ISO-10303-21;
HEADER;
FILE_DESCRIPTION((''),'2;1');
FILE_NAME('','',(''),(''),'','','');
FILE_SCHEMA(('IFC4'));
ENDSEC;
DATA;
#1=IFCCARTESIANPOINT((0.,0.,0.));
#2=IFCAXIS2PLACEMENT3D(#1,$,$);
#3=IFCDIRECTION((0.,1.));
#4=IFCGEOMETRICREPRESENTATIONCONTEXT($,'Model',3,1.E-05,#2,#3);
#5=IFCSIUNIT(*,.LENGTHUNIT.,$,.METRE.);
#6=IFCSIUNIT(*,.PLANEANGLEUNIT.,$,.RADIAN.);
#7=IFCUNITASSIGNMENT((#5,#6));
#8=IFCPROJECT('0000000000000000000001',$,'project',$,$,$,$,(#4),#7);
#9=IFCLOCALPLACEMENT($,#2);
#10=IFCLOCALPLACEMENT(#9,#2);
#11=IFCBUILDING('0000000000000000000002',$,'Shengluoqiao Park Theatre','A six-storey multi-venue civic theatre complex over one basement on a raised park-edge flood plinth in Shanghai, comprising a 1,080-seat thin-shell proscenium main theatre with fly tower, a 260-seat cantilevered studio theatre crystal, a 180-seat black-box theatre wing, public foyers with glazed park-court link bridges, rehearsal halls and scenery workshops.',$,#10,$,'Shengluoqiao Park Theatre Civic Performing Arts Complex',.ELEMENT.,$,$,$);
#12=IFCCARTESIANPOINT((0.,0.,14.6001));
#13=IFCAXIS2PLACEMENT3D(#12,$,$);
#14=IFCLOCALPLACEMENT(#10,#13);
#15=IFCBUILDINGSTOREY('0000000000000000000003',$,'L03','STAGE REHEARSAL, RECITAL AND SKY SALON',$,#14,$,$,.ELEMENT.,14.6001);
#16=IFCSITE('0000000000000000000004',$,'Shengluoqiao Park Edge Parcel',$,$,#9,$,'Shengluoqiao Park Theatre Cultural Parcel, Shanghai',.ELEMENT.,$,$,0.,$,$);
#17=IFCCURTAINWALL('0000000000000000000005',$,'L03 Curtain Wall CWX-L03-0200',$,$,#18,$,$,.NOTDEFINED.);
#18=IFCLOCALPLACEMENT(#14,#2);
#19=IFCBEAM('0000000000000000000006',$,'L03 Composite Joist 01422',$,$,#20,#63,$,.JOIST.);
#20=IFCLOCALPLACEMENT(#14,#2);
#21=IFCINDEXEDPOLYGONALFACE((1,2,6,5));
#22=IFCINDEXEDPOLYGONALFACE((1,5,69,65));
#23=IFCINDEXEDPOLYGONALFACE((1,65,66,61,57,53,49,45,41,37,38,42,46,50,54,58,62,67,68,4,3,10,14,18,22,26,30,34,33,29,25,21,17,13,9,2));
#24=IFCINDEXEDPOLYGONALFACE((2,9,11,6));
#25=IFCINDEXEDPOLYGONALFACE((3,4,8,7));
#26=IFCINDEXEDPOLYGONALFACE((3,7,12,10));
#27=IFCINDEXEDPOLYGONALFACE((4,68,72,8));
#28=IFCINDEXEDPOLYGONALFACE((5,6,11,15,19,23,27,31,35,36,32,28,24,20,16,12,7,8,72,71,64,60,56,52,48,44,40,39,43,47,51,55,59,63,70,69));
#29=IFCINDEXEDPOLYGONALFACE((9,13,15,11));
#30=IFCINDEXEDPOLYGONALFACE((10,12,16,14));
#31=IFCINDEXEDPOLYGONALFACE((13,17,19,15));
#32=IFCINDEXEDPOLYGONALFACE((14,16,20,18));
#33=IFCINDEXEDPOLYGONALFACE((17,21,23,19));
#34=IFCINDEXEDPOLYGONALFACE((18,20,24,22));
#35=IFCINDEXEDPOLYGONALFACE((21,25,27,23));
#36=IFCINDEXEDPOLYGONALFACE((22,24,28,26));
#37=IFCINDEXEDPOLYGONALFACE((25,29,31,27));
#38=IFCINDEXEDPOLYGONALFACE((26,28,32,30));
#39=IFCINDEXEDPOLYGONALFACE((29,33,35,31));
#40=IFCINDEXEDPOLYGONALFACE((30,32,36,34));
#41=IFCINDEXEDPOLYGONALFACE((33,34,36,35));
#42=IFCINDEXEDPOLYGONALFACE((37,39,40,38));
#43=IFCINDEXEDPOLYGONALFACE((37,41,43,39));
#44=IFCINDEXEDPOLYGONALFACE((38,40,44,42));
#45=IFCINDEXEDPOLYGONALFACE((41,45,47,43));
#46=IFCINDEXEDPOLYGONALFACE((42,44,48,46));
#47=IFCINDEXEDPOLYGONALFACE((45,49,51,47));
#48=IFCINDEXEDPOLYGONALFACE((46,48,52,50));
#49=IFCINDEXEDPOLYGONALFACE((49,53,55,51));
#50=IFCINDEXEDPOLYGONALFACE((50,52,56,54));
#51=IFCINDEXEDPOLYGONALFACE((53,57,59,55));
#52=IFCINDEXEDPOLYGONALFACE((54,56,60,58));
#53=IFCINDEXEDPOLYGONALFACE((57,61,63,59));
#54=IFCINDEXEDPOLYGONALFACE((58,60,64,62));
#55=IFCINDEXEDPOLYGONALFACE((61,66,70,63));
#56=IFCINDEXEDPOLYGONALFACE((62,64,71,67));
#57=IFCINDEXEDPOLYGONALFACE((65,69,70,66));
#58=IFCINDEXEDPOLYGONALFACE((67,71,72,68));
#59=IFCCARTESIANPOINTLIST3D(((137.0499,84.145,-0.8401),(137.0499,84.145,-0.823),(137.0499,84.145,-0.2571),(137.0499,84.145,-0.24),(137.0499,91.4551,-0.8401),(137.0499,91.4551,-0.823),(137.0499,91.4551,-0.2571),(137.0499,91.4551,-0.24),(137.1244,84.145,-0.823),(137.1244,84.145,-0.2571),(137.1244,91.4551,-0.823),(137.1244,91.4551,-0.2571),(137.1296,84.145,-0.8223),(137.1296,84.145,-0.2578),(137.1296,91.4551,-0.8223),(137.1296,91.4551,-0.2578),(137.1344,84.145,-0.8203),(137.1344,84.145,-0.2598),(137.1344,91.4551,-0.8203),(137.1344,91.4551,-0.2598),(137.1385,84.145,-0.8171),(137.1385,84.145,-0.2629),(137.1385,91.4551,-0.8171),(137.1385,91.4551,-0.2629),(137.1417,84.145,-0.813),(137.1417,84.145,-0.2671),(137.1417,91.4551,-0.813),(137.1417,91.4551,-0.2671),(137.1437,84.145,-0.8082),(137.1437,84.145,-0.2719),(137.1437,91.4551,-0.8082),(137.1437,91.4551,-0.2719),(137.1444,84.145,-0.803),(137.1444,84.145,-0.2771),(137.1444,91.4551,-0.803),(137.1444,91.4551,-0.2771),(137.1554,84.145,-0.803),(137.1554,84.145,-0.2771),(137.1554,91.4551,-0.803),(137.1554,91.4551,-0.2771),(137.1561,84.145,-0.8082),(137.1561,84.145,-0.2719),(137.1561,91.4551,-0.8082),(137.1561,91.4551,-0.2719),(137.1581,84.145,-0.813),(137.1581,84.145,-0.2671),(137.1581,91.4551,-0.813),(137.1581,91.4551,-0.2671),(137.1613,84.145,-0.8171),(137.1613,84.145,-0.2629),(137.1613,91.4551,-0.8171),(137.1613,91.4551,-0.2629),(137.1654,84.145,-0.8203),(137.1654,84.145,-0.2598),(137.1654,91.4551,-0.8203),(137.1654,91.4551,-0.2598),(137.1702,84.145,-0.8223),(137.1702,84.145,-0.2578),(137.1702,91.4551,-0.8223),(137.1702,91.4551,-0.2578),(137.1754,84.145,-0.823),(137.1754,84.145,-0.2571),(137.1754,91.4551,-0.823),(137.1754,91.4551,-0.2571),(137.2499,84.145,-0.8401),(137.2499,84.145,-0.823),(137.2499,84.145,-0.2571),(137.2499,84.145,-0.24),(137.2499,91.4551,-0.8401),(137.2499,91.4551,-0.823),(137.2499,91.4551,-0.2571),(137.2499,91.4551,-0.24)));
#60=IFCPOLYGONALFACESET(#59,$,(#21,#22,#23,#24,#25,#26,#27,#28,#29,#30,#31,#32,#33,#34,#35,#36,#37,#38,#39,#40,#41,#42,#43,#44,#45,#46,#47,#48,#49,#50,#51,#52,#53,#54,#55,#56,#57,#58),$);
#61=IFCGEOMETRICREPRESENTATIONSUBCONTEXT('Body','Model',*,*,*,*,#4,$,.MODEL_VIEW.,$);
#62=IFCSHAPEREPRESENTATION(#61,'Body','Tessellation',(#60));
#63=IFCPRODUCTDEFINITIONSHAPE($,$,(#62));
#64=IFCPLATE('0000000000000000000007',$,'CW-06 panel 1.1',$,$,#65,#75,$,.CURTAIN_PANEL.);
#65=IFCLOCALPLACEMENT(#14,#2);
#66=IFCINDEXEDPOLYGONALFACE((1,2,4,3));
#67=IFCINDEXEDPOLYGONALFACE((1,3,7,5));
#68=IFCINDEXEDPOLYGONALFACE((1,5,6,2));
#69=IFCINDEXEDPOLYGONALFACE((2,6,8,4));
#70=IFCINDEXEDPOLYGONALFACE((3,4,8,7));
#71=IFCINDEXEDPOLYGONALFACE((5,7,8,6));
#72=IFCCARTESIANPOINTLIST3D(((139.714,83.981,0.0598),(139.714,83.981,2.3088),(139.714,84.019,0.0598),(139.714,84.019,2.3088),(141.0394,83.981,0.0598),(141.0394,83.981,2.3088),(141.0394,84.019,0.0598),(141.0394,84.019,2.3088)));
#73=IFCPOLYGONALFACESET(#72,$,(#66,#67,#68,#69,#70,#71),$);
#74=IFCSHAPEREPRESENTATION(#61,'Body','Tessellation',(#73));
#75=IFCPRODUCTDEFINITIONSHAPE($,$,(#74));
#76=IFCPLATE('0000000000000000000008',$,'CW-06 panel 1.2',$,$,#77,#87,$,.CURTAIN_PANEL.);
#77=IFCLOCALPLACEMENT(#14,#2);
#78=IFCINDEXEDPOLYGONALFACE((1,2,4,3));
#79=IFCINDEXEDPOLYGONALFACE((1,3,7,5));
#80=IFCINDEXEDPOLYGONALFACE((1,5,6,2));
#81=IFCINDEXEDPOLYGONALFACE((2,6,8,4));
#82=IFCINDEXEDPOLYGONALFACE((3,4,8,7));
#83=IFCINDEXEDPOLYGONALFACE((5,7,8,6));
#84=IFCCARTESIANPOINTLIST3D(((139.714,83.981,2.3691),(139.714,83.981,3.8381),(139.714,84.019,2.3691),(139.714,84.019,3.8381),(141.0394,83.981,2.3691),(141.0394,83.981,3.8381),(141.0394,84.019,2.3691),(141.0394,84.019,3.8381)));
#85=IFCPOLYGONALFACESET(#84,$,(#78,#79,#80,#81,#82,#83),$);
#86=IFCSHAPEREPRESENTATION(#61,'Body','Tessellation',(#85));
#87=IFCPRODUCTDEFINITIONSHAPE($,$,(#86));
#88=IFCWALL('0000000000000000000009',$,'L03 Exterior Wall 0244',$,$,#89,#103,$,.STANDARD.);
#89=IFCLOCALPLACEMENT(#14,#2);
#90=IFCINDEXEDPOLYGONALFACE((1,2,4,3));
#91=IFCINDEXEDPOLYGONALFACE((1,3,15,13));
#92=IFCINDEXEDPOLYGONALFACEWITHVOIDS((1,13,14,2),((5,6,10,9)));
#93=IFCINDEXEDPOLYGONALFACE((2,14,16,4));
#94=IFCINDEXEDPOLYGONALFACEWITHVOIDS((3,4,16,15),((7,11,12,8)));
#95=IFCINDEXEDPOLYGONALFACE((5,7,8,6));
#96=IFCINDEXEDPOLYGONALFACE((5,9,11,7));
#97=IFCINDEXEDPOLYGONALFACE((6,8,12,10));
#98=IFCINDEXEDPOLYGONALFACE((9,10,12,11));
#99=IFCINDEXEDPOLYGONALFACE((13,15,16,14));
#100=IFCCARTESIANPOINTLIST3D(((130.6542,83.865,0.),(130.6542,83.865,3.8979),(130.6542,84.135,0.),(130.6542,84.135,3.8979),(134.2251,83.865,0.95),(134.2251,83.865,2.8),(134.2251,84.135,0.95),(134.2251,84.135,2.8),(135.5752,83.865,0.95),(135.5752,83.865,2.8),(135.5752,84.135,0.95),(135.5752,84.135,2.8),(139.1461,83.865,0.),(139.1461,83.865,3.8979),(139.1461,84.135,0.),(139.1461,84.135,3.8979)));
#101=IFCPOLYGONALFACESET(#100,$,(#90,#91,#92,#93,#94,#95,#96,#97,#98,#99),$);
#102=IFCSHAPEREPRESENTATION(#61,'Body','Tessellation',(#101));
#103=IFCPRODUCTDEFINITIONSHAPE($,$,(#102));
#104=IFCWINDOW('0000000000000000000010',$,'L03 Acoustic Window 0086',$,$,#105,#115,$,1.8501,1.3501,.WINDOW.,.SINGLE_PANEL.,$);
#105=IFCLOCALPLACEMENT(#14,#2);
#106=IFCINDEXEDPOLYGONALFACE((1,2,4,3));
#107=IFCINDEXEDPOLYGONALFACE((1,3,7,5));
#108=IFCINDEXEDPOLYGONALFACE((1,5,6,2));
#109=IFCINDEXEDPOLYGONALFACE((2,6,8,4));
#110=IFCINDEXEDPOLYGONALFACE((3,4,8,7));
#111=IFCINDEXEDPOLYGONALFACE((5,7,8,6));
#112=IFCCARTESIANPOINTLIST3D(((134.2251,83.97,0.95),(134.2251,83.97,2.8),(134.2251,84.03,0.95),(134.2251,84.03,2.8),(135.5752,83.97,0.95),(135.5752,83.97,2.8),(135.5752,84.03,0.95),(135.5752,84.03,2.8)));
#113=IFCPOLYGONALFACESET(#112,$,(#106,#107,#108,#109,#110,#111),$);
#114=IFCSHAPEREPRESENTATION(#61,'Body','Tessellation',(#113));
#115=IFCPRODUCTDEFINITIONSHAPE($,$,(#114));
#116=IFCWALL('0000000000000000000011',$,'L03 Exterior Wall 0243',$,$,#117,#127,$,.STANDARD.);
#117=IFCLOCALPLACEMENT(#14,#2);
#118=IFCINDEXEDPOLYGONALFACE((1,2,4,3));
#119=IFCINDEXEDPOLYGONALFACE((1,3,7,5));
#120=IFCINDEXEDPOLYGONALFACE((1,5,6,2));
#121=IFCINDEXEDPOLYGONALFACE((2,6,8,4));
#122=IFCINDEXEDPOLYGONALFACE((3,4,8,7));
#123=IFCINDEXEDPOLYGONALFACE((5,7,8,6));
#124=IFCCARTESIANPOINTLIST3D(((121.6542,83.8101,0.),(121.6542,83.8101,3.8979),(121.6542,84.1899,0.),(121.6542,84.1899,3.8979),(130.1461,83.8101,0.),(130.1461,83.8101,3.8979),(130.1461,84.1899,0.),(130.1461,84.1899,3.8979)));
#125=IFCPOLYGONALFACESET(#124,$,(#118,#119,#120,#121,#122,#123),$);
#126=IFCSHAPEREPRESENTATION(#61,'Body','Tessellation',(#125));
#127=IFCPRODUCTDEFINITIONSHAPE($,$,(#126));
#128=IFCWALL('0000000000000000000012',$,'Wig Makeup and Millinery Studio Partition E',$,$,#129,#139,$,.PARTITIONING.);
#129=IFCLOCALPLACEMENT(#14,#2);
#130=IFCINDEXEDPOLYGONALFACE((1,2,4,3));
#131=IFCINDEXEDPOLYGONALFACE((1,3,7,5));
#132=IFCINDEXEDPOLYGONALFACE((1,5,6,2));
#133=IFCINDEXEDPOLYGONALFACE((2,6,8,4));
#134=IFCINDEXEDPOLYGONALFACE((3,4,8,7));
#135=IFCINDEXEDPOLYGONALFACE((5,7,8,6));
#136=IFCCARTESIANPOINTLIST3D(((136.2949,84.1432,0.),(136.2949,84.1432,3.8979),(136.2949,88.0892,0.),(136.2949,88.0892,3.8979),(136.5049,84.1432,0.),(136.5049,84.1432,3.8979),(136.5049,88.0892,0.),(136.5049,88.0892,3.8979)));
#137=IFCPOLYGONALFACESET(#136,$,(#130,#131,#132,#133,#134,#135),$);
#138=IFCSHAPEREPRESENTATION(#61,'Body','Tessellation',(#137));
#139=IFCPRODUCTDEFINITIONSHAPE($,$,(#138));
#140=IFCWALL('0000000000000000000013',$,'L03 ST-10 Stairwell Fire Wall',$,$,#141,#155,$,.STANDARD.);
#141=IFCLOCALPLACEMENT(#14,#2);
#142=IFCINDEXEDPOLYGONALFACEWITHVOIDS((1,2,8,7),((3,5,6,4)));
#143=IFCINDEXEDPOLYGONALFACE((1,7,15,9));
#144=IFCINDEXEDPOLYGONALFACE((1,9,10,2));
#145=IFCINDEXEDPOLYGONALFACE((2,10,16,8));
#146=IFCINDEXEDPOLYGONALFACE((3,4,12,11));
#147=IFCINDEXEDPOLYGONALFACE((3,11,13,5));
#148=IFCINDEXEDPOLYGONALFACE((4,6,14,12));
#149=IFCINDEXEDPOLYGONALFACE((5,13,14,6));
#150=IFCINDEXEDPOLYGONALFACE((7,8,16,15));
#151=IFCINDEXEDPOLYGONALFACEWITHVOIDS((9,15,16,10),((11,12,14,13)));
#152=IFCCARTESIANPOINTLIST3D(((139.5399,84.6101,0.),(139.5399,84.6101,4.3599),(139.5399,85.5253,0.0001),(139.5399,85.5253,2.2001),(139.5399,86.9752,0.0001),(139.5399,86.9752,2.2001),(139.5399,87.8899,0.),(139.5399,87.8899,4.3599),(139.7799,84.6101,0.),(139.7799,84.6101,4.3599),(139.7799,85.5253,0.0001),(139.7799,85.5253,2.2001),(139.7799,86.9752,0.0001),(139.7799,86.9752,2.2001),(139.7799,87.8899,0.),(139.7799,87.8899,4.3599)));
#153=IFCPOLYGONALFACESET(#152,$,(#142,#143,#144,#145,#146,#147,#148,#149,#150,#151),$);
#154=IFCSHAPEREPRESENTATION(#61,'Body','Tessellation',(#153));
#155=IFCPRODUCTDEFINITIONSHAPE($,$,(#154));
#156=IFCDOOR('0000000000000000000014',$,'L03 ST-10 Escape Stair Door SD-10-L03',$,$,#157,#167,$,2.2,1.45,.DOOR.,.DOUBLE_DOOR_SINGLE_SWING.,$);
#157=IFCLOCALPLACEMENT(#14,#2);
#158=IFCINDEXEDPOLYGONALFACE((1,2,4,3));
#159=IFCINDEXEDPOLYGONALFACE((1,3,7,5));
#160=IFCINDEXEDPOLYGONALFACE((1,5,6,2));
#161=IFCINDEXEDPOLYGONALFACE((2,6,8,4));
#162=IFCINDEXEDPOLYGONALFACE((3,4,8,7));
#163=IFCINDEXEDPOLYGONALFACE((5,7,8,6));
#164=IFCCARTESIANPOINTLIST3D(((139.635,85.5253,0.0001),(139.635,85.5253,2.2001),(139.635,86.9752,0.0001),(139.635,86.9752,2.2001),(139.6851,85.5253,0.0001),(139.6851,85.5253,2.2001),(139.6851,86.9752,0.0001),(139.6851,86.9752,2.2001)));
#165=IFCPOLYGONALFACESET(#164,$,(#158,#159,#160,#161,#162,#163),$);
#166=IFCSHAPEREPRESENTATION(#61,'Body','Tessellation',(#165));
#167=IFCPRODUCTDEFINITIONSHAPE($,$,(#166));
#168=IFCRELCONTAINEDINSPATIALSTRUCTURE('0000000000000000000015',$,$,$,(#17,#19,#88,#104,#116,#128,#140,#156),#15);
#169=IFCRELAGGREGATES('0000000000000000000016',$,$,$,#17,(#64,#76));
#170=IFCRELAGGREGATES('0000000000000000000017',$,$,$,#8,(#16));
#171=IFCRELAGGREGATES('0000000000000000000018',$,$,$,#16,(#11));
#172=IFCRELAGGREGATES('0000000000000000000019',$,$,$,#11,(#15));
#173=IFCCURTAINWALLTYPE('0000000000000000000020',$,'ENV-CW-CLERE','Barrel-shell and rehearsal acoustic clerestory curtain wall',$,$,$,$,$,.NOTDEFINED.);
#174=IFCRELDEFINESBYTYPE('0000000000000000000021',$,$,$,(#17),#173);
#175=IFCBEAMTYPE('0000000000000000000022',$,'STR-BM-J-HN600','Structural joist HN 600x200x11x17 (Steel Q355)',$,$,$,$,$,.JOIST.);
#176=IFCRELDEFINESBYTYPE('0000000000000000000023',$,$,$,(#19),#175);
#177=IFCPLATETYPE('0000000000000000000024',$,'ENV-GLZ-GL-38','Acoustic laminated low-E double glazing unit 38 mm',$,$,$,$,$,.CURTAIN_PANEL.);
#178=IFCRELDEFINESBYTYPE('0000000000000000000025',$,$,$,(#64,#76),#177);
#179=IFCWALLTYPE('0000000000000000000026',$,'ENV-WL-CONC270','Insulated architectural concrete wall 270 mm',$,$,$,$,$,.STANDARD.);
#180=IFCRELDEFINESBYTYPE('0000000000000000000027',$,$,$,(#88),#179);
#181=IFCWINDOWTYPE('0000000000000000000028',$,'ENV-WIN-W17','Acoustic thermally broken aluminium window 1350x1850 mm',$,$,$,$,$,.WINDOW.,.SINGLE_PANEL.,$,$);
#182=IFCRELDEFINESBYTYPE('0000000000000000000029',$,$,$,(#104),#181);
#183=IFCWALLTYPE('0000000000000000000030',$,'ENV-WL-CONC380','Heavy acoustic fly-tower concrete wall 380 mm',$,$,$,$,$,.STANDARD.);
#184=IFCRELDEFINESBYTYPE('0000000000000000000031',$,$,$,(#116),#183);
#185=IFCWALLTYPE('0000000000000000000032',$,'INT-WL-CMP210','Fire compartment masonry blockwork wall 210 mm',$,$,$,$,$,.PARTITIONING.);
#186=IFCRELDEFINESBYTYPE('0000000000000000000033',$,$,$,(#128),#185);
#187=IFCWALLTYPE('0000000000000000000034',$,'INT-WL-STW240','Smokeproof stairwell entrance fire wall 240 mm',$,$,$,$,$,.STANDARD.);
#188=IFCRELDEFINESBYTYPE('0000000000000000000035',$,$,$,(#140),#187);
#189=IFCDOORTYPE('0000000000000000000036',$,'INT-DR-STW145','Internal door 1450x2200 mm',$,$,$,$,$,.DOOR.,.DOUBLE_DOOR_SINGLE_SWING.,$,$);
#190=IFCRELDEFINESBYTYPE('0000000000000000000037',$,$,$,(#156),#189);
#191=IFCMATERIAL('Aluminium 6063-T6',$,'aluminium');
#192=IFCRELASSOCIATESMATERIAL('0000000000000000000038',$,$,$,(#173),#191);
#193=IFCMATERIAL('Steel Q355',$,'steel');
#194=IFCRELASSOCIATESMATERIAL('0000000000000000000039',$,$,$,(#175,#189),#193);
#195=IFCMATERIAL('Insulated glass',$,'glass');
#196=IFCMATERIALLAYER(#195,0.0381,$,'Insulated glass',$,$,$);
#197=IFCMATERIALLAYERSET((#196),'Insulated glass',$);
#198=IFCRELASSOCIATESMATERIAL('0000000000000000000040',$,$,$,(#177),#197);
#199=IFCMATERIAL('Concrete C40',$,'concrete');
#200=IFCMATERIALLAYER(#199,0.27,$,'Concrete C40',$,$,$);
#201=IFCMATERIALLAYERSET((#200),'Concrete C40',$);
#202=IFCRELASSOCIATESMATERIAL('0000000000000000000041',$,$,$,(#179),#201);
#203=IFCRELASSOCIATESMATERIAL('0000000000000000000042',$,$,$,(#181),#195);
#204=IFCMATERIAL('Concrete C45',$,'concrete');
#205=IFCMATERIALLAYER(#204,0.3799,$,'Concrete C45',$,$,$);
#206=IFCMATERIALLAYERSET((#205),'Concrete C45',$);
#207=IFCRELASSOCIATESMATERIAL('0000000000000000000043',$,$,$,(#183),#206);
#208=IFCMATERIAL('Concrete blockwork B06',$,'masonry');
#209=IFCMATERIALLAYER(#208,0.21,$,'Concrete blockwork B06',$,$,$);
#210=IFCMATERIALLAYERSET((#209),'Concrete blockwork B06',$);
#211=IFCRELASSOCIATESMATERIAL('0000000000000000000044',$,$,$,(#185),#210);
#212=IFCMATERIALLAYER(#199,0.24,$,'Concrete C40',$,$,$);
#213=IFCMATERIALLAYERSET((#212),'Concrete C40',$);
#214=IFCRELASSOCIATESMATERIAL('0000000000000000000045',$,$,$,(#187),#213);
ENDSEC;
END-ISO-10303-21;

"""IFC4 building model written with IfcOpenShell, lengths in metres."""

from ifc_helpers import new_model, si_unit, direction, frame, frame_2d, origin, origin_2d, place, context, subcontext, project, spatial, rectangle, i_section, extrude, material, layer, layer_set, material_profile, profile_set, type_object, element, fill, aggregate, save


model = new_model("IFC4")

# Units and contexts
model_context = context("Model", 3, precision=1e-05, world=origin(), true_north=direction((0.0, 1.0)))
body_context = subcontext(model_context, "Body", "Model", "MODEL_VIEW")
ifc_project = project(units=[si_unit("LENGTHUNIT", "METRE"), si_unit("PLANEANGLEUNIT", "RADIAN")], contexts=[model_context])

# Site, building, storey
site_placement = place(None, origin())
site = spatial("IfcSite", under=ifc_project, at=site_placement, Name="Shengluoqiao Park Edge Parcel", LongName="Shengluoqiao Park Theatre Cultural Parcel, Shanghai", CompositionType="ELEMENT", RefElevation=0.0)
building_placement = place(site_placement, origin())
building = spatial("IfcBuilding", under=site, at=building_placement, Name="Shengluoqiao Park Theatre", Description="A six-storey multi-venue civic theatre complex over one basement on a raised park-edge flood plinth in Shanghai, comprising a 1,080-seat thin-shell proscenium main theatre with fly tower, a 260-seat cantilevered studio theatre crystal, a 180-seat black-box theatre wing, public foyers with glazed park-court link bridges, rehearsal halls and scenery workshops.", LongName="Shengluoqiao Park Theatre Civic Performing Arts Complex", CompositionType="ELEMENT")
storey_placement = place(building_placement, frame((0.0, 0.0, 14.6001)))
storey = spatial("IfcBuildingStorey", under=building, at=storey_placement, Name="L03", Description="STAGE REHEARSAL, RECITAL AND SKY SALON", CompositionType="ELEMENT", Elevation=14.6001)

# Shared definitions
ifc_material_1 = material(Name="Concrete C40", Category="concrete")

# Curtain wall
ifc_material_2 = material(Name="Aluminium 6063-T6", Category="aluminium")
curtain_wall_type = type_object("IfcCurtainWallType", Name="ENV-CW-CLERE", Description="Barrel-shell and rehearsal acoustic clerestory curtain wall", PredefinedType="NOTDEFINED", material=ifc_material_2)
curtain_wall_placement = place(storey_placement, origin())
curtain_wall = element("IfcCurtainWall", 1, at=curtain_wall_placement, inside=storey, type_object=curtain_wall_type, Name="L03 Curtain Wall CWX-L03-0200", PredefinedType="NOTDEFINED")

# Beam
ifc_material_3 = material(Name="Steel Q355", Category="steel")
ifc_material_profile_1 = material_profile(ifc_material_3, i_section(OverallWidth=0.2, OverallDepth=0.6001, WebThickness=0.011, FlangeThickness=0.0171, FilletRadius=0.02, at=origin_2d()), Name="HN 600x200x11x17")
ifc_profile_set_1 = profile_set([ifc_material_profile_1], Name="Steel Q355")
beam_type_1 = type_object("IfcBeamType", Name="STR-BM-J-HN600", Description="Structural joist HN 600x200x11x17 (Steel Q355)", PredefinedType="JOIST", material=ifc_profile_set_1)
for number, where, z_axis, x_axis, name in (
    (2, (137.1499, 84.145, -0.54), (0.0, 1.0, 0.0), (-1.0, 0.0, 0.0), "L03 Composite Joist 01422"),
):
    element("IfcBeam", number, at=place(storey_placement, frame(where, z_axis=z_axis, x_axis=x_axis)), inside=storey, type_object=beam_type_1, Name=name, PredefinedType="JOIST", context=body_context, shape_type="SweptSolid", body=[
        extrude(i_section(OverallWidth=0.2, OverallDepth=0.6001, WebThickness=0.011, FlangeThickness=0.0171, FilletRadius=0.02, at=origin_2d()), origin(), (0.0, 0.0, 1.0), 7.3101),
    ])

# Plates
ifc_material_4 = material(Name="Insulated glass", Category="glass")
ifc_layer_1 = layer(ifc_material_4, 0.0381, Name="Insulated glass")
ifc_layer_set_1 = layer_set([ifc_layer_1], Name="Insulated glass")
plate_type = type_object("IfcPlateType", Name="ENV-GLZ-GL-38", Description="Acoustic laminated low-E double glazing unit 38 mm", PredefinedType="CURTAIN_PANEL", material=ifc_layer_set_1)
plate_1_placement = place(storey_placement, frame((140.3767, 84.0, 0.0598), z_axis=(0.0, 0.0, 1.0), x_axis=(1.0, 0.0, 0.0)))
plate_1 = element("IfcPlate", 3, at=plate_1_placement, type_object=plate_type, Name="CW-06 panel 1.1", PredefinedType="CURTAIN_PANEL", context=body_context, shape_type="SweptSolid", body=[
    extrude(rectangle(XDim=1.3254, YDim=0.0381, at=origin_2d()), origin(), (0.0, 0.0, 1.0), 2.249),
])
plate_2_placement = place(storey_placement, frame((140.3767, 84.0, 2.3691), z_axis=(0.0, 0.0, 1.0), x_axis=(1.0, 0.0, 0.0)))
plate_2 = element("IfcPlate", 4, at=plate_2_placement, type_object=plate_type, Name="CW-06 panel 1.2", PredefinedType="CURTAIN_PANEL", context=body_context, shape_type="SweptSolid", body=[
    extrude(rectangle(XDim=1.3254, YDim=0.0381, at=origin_2d()), origin(), (0.0, 0.0, 1.0), 1.469),
])
aggregate(curtain_wall, [plate_1, plate_2])

# Wall, opening, window
ifc_layer_2 = layer(ifc_material_1, 0.27, Name="Concrete C40")
ifc_layer_set_2 = layer_set([ifc_layer_2], Name="Concrete C40")
wall_type_1 = type_object("IfcWallType", Name="ENV-WL-CONC270", Description="Insulated architectural concrete wall 270 mm", PredefinedType="STANDARD", material=ifc_layer_set_2)
wall_1_placement = place(storey_placement, frame((130.6541, 84.0, 0.0), z_axis=(0.0, 0.0, 1.0), x_axis=(1.0, 0.0, 0.0)))
wall_1 = element("IfcWall", 5, at=wall_1_placement, inside=storey, type_object=wall_type_1, Name="L03 Exterior Wall 0244", PredefinedType="STANDARD", context=body_context, shape_type="SweptSolid", body=[
    extrude(rectangle(XDim=8.4919, YDim=0.27, at=frame_2d((4.2461, 0.0))), origin(), (0.0, 0.0, 1.0), 3.8979),
])
opening_1_placement = place(wall_1_placement, frame((3.571, 0.0, 0.95)))
opening_1 = element("IfcOpeningElement", 6, at=opening_1_placement, cuts=wall_1, PredefinedType="OPENING", context=body_context, shape_type="SweptSolid", body=[
    extrude(rectangle(XDim=1.3501, YDim=1.8501, at=frame_2d((0.675, 0.925))), frame((0.0, 0.145, 0.0), z_axis=(0.0, -1.0, 0.0), x_axis=(1.0, 0.0, 0.0)), (0.0, 0.0, 1.0), 0.29),
])
window_type = type_object("IfcWindowType", Name="ENV-WIN-W17", Description="Acoustic thermally broken aluminium window 1350x1850 mm", PartitioningType="SINGLE_PANEL", PredefinedType="WINDOW", material=ifc_material_4)
window_placement = place(opening_1_placement, origin())
window = element("IfcWindow", 7, at=window_placement, inside=storey, type_object=window_type, Name="L03 Acoustic Window 0086", OverallHeight=1.8501, OverallWidth=1.3501, PartitioningType="SINGLE_PANEL", PredefinedType="WINDOW", context=body_context, shape_type="SweptSolid", body=[
    extrude(rectangle(XDim=1.3501, YDim=1.8501, at=frame_2d((0.675, 0.925))), frame((0.0, 0.03, 0.0), z_axis=(0.0, -1.0, 0.0), x_axis=(1.0, 0.0, 0.0)), (0.0, 0.0, 1.0), 0.0601),
])
fill(opening_1, window)

# Walls
ifc_material_5 = material(Name="Concrete C45", Category="concrete")
ifc_layer_3 = layer(ifc_material_5, 0.3799, Name="Concrete C45")
ifc_layer_set_3 = layer_set([ifc_layer_3], Name="Concrete C45")
wall_type_2 = type_object("IfcWallType", Name="ENV-WL-CONC380", Description="Heavy acoustic fly-tower concrete wall 380 mm", PredefinedType="STANDARD", material=ifc_layer_set_3)
wall_2_placement = place(storey_placement, frame((121.6541, 84.0, 0.0), z_axis=(0.0, 0.0, 1.0), x_axis=(1.0, 0.0, 0.0)))
element("IfcWall", 8, at=wall_2_placement, inside=storey, type_object=wall_type_2, Name="L03 Exterior Wall 0243", PredefinedType="STANDARD", context=body_context, shape_type="SweptSolid", body=[
    extrude(rectangle(XDim=8.4919, YDim=0.3799, at=frame_2d((4.2461, 0.0))), origin(), (0.0, 0.0, 1.0), 3.8979),
])
ifc_material_6 = material(Name="Concrete blockwork B06", Category="masonry")
ifc_layer_4 = layer(ifc_material_6, 0.21, Name="Concrete blockwork B06")
ifc_layer_set_4 = layer_set([ifc_layer_4], Name="Concrete blockwork B06")
wall_type_3 = type_object("IfcWallType", Name="INT-WL-CMP210", Description="Fire compartment masonry blockwork wall 210 mm", PredefinedType="PARTITIONING", material=ifc_layer_set_4)
wall_3_placement = place(storey_placement, frame((136.3999, 84.1431, 0.0), z_axis=(0.0, 0.0, 1.0), x_axis=(0.0, 1.0, 0.0)))
element("IfcWall", 9, at=wall_3_placement, inside=storey, type_object=wall_type_3, Name="Wig Makeup and Millinery Studio Partition E", PredefinedType="PARTITIONING", context=body_context, shape_type="SweptSolid", body=[
    extrude(rectangle(XDim=3.946, YDim=0.21, at=frame_2d((1.9731, 0.0))), origin(), (0.0, 0.0, 1.0), 3.8979),
])

# Wall, opening, door
ifc_layer_5 = layer(ifc_material_1, 0.24, Name="Concrete C40")
ifc_layer_set_5 = layer_set([ifc_layer_5], Name="Concrete C40")
wall_type_4 = type_object("IfcWallType", Name="INT-WL-STW240", Description="Smokeproof stairwell entrance fire wall 240 mm", PredefinedType="STANDARD", material=ifc_layer_set_5)
wall_4_placement = place(storey_placement, frame((139.6599, 84.6101, 0.0), z_axis=(0.0, 0.0, 1.0), x_axis=(0.0, 1.0, 0.0)))
wall_4 = element("IfcWall", 10, at=wall_4_placement, inside=storey, type_object=wall_type_4, Name="L03 ST-10 Stairwell Fire Wall", PredefinedType="STANDARD", context=body_context, shape_type="SweptSolid", body=[
    extrude(rectangle(XDim=3.2798, YDim=0.24, at=frame_2d((1.6399, 0.0))), origin(), (0.0, 0.0, 1.0), 4.3599),
])
opening_2_placement = place(wall_4_placement, frame((0.915, 0.0, 0.0)))
opening_2 = element("IfcOpeningElement", 11, at=opening_2_placement, cuts=wall_4, PredefinedType="OPENING", context=body_context, shape_type="SweptSolid", body=[
    extrude(rectangle(XDim=1.45, YDim=2.2, at=frame_2d((0.7251, 1.1001))), frame((0.0, 0.1299, 0.0), z_axis=(0.0, -1.0, 0.0), x_axis=(1.0, 0.0, 0.0)), (0.0, 0.0, 1.0), 0.26),
])
door_type = type_object("IfcDoorType", Name="INT-DR-STW145", Description="Internal door 1450x2200 mm", OperationType="DOUBLE_DOOR_SINGLE_SWING", PredefinedType="DOOR", material=ifc_material_3)
door_placement = place(opening_2_placement, origin())
door = element("IfcDoor", 12, at=door_placement, inside=storey, type_object=door_type, Name="L03 ST-10 Escape Stair Door SD-10-L03", OperationType="DOUBLE_DOOR_SINGLE_SWING", OverallHeight=2.2, OverallWidth=1.45, PredefinedType="DOOR", context=body_context, shape_type="SweptSolid", body=[
    extrude(rectangle(XDim=1.45, YDim=2.2, at=frame_2d((0.7251, 1.1001))), frame((0.0, 0.0249, 0.0), z_axis=(0.0, -1.0, 0.0), x_axis=(1.0, 0.0, 0.0)), (0.0, 0.0, 1.0), 0.05),
])
fill(opening_2, door)

save(model, "model.ifc")
